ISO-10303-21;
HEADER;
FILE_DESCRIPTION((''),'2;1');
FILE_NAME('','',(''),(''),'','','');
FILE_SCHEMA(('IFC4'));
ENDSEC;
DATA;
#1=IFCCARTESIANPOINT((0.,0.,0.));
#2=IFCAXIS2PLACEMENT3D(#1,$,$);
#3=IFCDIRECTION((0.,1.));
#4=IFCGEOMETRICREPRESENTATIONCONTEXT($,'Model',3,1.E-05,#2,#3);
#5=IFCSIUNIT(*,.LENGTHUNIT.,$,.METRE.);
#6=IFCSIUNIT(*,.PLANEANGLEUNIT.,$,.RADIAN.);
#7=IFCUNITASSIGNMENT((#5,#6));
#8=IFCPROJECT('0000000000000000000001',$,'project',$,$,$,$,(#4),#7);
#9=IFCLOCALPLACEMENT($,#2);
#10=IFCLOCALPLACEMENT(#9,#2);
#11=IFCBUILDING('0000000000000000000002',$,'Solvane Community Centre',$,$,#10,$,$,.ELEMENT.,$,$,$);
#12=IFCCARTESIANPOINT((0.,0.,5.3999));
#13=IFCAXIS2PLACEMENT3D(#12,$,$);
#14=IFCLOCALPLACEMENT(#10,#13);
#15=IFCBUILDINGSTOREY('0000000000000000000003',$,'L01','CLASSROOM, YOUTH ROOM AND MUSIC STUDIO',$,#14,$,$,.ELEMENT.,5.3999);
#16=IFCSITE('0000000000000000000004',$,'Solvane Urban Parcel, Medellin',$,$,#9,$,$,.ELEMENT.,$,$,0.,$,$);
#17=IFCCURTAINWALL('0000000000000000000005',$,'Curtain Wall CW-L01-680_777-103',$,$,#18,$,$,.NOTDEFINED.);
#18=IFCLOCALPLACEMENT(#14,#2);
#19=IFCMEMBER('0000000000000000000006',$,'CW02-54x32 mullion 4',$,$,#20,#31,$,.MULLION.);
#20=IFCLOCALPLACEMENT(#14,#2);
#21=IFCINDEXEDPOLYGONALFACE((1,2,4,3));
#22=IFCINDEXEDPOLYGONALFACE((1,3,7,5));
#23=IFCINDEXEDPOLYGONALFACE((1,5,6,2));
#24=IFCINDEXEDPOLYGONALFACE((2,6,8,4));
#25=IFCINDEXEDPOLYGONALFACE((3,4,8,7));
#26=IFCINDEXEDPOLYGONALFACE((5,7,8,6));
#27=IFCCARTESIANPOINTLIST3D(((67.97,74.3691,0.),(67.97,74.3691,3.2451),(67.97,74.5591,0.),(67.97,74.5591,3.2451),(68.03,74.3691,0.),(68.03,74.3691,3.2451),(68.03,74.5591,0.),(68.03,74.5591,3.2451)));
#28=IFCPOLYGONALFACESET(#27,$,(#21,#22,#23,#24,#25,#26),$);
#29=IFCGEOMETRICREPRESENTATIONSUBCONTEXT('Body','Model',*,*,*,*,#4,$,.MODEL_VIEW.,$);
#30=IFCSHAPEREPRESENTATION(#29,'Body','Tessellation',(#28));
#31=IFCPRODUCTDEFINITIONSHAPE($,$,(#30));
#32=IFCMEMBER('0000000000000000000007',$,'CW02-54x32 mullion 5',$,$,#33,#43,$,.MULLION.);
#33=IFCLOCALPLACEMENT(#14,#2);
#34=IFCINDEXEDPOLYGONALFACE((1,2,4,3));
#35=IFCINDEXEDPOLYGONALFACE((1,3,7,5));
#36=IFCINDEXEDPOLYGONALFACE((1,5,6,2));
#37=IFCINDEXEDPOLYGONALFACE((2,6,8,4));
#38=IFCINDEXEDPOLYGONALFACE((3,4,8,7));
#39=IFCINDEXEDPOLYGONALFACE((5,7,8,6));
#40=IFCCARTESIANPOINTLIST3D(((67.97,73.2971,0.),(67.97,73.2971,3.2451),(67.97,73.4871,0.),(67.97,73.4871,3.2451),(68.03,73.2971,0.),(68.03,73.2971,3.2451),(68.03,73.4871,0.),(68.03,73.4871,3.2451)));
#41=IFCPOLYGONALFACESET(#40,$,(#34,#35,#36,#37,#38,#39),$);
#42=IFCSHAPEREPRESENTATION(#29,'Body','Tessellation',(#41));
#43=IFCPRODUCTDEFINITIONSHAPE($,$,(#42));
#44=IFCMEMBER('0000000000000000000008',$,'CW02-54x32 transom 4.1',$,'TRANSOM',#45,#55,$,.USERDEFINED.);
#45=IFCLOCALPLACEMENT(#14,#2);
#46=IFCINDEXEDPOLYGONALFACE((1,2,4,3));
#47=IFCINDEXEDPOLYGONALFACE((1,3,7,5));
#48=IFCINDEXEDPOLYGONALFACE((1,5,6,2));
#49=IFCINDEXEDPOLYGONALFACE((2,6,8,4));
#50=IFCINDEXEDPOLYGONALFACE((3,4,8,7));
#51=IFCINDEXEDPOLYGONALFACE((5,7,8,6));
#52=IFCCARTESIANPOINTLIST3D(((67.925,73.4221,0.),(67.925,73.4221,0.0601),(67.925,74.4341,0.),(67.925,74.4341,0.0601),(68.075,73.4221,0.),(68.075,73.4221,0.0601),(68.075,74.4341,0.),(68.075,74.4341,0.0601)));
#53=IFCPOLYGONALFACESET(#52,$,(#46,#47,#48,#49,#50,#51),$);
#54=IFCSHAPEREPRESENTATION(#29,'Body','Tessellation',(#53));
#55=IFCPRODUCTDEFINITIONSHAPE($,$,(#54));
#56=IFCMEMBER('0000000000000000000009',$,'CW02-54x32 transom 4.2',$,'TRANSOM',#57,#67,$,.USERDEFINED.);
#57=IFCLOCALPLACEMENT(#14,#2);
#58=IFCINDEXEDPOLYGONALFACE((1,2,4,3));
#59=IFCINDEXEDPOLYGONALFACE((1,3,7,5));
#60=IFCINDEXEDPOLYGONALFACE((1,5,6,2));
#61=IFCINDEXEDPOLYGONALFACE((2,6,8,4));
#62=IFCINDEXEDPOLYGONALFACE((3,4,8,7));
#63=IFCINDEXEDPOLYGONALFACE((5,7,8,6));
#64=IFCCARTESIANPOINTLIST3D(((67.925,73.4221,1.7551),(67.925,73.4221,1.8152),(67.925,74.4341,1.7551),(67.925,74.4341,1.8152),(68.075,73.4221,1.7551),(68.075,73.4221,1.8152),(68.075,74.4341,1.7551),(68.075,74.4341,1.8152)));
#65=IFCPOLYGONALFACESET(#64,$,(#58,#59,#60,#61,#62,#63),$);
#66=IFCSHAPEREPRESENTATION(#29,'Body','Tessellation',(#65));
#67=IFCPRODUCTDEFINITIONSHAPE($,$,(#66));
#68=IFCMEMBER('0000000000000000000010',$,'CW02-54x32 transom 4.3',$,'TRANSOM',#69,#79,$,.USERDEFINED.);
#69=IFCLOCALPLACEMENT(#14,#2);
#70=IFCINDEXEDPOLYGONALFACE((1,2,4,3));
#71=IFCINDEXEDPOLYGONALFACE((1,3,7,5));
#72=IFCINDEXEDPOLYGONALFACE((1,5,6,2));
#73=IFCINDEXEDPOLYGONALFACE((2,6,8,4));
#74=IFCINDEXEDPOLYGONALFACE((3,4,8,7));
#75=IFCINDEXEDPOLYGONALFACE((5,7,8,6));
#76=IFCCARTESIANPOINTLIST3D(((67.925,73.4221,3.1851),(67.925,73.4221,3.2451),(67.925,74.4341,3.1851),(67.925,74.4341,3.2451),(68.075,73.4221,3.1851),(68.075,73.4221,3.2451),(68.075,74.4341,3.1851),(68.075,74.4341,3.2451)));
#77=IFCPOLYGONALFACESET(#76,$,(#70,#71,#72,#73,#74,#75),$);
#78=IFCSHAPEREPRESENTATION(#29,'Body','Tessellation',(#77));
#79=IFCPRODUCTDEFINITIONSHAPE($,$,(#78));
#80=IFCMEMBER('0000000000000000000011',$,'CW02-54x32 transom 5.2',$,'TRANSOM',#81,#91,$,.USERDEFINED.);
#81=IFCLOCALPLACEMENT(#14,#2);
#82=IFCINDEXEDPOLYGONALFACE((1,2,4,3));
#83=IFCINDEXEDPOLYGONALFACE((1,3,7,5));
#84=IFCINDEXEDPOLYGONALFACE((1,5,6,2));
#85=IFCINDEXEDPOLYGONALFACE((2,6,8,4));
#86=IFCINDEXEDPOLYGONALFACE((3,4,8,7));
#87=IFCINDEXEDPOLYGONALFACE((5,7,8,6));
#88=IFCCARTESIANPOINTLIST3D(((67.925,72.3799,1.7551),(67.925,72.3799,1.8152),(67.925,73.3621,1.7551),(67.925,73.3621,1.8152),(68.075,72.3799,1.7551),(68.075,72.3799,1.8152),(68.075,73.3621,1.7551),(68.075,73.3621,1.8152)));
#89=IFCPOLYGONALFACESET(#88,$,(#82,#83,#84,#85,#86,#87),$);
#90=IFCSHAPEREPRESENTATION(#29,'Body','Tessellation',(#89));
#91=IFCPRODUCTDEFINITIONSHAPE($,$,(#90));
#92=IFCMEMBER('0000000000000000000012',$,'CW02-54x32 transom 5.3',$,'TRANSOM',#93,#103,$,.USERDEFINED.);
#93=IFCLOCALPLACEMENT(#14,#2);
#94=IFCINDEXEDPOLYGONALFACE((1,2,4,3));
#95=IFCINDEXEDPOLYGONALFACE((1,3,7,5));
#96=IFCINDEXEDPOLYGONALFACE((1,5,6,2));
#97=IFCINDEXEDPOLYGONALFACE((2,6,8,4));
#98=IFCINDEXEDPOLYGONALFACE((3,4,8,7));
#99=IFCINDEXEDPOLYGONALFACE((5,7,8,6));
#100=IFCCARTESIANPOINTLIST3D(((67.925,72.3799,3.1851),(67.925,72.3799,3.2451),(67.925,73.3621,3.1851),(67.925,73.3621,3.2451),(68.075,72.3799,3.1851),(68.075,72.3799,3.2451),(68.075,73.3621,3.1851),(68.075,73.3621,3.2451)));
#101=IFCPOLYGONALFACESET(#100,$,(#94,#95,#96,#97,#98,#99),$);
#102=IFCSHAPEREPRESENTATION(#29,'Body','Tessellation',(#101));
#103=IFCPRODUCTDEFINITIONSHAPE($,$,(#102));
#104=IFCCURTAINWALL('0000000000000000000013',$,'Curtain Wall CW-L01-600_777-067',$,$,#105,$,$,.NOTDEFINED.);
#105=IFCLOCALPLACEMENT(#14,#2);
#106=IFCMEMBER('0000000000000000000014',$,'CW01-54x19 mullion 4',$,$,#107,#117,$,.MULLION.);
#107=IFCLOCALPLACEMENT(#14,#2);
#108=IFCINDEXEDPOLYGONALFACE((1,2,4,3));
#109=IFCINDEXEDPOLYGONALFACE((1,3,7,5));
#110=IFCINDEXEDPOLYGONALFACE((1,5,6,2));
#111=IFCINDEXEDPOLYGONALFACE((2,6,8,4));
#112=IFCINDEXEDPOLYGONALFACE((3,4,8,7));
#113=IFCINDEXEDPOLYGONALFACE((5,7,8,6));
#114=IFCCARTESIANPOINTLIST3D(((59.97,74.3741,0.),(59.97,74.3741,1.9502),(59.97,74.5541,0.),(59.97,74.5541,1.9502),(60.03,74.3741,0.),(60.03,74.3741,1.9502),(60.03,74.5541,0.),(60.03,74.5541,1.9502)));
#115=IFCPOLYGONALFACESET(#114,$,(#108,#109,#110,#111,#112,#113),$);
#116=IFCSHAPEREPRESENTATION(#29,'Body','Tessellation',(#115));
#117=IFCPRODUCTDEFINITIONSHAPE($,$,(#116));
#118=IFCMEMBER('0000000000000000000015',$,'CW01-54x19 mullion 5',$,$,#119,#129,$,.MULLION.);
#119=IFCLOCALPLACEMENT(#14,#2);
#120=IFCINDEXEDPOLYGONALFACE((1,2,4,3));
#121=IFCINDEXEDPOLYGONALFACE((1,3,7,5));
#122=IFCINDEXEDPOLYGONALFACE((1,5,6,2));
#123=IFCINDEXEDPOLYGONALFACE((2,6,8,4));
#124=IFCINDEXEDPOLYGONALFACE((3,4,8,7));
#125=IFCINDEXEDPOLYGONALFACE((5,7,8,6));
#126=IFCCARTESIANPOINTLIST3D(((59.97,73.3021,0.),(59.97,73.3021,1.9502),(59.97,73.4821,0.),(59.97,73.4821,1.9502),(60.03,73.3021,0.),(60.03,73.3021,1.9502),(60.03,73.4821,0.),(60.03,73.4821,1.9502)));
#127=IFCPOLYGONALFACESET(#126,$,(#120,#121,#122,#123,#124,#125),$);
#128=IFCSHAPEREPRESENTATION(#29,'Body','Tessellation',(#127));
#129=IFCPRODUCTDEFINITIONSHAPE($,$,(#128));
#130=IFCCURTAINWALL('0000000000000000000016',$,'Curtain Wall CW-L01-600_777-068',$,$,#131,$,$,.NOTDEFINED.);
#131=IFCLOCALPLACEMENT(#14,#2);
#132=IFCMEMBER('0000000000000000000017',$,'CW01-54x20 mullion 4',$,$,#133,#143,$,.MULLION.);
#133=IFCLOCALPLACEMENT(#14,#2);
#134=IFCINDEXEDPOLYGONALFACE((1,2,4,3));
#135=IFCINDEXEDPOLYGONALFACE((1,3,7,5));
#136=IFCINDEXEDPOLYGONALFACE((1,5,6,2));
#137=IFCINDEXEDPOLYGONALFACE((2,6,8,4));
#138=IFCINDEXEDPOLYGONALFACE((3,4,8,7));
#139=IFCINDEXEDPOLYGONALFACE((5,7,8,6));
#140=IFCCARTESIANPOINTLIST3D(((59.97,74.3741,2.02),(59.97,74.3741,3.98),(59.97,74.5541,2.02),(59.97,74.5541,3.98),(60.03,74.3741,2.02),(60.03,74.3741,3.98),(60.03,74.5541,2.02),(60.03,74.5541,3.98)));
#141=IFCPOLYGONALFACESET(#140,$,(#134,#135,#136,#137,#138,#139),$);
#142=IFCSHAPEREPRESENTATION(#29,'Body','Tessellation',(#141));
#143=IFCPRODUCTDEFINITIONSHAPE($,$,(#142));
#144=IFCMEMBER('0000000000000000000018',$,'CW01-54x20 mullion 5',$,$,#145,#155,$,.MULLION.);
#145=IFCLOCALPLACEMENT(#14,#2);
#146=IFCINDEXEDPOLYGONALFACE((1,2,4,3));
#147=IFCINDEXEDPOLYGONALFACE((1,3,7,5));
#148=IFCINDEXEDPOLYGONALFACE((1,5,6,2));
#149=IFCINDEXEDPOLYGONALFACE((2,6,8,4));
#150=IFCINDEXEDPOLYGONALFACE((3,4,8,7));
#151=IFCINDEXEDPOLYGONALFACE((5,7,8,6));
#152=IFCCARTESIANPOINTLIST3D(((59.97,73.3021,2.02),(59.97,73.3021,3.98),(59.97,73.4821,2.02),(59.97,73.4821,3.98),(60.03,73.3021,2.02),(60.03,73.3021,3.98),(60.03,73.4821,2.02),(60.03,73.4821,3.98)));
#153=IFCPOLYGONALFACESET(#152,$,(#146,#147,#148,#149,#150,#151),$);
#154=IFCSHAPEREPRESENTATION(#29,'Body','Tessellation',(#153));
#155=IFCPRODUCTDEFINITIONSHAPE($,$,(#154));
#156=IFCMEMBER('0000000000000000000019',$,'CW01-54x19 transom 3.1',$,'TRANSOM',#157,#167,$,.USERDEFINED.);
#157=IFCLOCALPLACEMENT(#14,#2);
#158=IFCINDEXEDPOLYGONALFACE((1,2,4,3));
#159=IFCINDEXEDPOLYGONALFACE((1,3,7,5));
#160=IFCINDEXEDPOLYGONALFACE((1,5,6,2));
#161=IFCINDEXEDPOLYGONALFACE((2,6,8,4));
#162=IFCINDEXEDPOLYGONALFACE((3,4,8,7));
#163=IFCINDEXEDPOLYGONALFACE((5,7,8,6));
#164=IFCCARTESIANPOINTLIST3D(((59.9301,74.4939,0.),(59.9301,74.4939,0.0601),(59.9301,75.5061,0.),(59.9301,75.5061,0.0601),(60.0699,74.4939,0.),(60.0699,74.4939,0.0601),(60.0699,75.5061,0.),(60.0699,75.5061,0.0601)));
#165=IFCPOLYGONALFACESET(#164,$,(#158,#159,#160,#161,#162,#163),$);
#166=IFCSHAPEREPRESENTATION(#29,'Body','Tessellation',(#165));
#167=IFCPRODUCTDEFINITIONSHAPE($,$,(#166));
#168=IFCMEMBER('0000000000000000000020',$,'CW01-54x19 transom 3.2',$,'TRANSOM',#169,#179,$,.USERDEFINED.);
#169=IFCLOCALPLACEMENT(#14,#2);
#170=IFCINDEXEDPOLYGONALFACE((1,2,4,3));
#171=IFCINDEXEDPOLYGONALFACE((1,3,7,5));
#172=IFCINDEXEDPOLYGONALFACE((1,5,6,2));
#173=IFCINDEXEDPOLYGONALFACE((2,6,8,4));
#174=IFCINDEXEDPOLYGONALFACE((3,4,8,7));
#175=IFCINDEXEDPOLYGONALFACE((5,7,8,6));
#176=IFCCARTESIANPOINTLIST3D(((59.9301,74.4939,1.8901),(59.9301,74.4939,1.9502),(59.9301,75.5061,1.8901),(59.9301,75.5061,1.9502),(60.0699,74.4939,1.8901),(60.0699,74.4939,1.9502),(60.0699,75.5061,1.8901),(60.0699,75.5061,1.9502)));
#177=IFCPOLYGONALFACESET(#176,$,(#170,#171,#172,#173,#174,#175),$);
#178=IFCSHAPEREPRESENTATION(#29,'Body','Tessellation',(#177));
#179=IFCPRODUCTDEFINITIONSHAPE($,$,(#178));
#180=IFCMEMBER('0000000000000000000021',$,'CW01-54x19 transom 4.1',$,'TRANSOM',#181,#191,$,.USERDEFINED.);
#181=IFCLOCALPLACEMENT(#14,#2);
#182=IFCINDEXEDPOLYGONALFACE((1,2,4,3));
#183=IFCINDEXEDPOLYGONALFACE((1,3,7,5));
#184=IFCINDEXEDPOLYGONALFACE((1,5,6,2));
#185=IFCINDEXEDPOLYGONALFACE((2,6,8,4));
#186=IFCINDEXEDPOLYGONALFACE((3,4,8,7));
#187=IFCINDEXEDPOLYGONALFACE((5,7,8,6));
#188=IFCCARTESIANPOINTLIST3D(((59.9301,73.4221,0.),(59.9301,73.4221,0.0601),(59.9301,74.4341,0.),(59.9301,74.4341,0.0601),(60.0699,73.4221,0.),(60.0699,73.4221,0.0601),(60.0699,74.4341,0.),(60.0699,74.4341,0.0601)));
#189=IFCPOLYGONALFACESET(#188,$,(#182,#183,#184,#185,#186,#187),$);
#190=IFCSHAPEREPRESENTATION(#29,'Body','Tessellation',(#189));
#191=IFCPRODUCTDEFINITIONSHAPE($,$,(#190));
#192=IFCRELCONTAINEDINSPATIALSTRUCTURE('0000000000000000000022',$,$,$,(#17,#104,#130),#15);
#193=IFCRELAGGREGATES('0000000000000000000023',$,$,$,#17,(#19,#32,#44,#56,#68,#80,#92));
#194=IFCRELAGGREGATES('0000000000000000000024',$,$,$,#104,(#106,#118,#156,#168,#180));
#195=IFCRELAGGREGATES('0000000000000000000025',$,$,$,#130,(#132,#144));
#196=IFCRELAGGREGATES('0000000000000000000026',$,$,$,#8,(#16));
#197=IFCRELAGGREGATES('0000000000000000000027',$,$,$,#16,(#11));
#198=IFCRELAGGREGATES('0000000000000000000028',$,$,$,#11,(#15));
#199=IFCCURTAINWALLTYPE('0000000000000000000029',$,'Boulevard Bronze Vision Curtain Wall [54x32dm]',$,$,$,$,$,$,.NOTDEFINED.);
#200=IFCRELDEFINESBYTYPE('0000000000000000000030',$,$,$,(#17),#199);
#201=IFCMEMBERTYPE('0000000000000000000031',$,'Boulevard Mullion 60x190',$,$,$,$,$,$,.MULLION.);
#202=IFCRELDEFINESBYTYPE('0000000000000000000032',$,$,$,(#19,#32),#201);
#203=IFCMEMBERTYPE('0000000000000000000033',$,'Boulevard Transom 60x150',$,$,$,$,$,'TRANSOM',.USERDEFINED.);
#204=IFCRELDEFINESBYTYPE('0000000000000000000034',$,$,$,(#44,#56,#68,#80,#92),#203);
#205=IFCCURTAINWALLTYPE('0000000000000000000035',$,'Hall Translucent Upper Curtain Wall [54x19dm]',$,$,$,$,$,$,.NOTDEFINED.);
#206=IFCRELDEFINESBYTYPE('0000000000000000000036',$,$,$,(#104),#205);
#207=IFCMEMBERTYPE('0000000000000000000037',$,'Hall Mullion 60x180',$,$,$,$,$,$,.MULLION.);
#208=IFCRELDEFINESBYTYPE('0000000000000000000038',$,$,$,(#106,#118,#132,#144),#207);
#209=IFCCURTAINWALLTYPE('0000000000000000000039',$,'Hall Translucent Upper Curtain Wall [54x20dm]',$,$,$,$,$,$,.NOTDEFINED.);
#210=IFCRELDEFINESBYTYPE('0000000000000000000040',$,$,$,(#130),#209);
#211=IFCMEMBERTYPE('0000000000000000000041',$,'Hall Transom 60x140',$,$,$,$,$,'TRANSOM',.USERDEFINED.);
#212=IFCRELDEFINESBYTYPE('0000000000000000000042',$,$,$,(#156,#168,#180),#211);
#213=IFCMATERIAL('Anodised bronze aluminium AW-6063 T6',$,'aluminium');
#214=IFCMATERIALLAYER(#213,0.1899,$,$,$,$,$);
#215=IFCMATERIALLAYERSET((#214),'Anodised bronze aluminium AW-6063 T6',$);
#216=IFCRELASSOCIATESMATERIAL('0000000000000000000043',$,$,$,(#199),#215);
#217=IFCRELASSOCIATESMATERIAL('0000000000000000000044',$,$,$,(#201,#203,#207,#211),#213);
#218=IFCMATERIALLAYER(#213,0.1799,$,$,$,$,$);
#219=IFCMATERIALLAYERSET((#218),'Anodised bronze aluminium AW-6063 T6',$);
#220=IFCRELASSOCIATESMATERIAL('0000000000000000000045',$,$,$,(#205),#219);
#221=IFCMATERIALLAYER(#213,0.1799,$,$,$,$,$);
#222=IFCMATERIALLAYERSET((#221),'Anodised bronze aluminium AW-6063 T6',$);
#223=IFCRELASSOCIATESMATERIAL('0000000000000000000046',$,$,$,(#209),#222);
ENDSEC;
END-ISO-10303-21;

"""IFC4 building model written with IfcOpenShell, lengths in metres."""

from ifc_helpers import new_model, si_unit, direction, frame, origin, origin_2d, place, context, subcontext, project, spatial, rectangle, extrude, material, layer, layer_set, material_profile, profile_set, type_object, element, aggregate, save


model = new_model("IFC4")

# Units and contexts
model_context = context("Model", 3, precision=1e-05, world=origin(), true_north=direction((0.0, 1.0)))
body_context = subcontext(model_context, "Body", "Model", "MODEL_VIEW")
ifc_project = project(units=[si_unit("LENGTHUNIT", "METRE"), si_unit("PLANEANGLEUNIT", "RADIAN")], contexts=[model_context])

# Site, building, storey
site_placement = place(None, origin())
site = spatial("IfcSite", under=ifc_project, at=site_placement, Name="Solvane Urban Parcel, Medellin", CompositionType="ELEMENT", RefElevation=0.0)
building_placement = place(site_placement, origin())
building = spatial("IfcBuilding", under=site, at=building_placement, Name="Solvane Community Centre", CompositionType="ELEMENT")
storey_placement = place(building_placement, frame((0.0, 0.0, 5.3999)))
storey = spatial("IfcBuildingStorey", under=building, at=storey_placement, Name="L01", Description="CLASSROOM, YOUTH ROOM AND MUSIC STUDIO", CompositionType="ELEMENT", Elevation=5.3999)

# Curtain walls, members
ifc_material_1 = material(Name="Anodised bronze aluminium AW-6063 T6", Category="aluminium")
ifc_layer_1 = layer(ifc_material_1, 0.1899)
ifc_layer_set_1 = layer_set([ifc_layer_1], Name="Anodised bronze aluminium AW-6063 T6")
curtain_wall_type_1 = type_object("IfcCurtainWallType", Name="Boulevard Bronze Vision Curtain Wall [54x32dm]", PredefinedType="NOTDEFINED", material=ifc_layer_set_1)
curtain_wall_1_placement = place(storey_placement, origin())
curtain_wall_1 = element("IfcCurtainWall", 1, at=curtain_wall_1_placement, inside=storey, type_object=curtain_wall_type_1, Name="Curtain Wall CW-L01-680_777-103", PredefinedType="NOTDEFINED")
ifc_material_profile_1 = material_profile(ifc_material_1, rectangle(XDim=0.0601, YDim=0.1899, at=origin_2d()), Name="CW-M 60x190")
ifc_profile_set_1 = profile_set([ifc_material_profile_1], Name="Anodised bronze aluminium AW-6063 T6")
member_type_1 = type_object("IfcMemberType", Name="Boulevard Mullion 60x190", PredefinedType="MULLION", material=ifc_profile_set_1)
member_1_placement = place(storey_placement, frame((68.0, 74.4641, 0.0), z_axis=(0.0, 0.0, 1.0), x_axis=(1.0, 0.0, 0.0)))
member_1 = element("IfcMember", 2, at=member_1_placement, type_object=member_type_1, Name="CW02-54x32 mullion 4", PredefinedType="MULLION", context=body_context, shape_type="SweptSolid", body=[
    extrude(rectangle(XDim=0.0601, YDim=0.1899, at=origin_2d()), origin(), (0.0, 0.0, 1.0), 3.2451),
])
member_2_placement = place(storey_placement, frame((68.0, 73.3921, 0.0), z_axis=(0.0, 0.0, 1.0), x_axis=(1.0, 0.0, 0.0)))
member_2 = element("IfcMember", 3, at=member_2_placement, type_object=member_type_1, Name="CW02-54x32 mullion 5", PredefinedType="MULLION", context=body_context, shape_type="SweptSolid", body=[
    extrude(rectangle(XDim=0.0601, YDim=0.1899, at=origin_2d()), origin(), (0.0, 0.0, 1.0), 3.2451),
])
ifc_material_profile_2 = material_profile(ifc_material_1, rectangle(XDim=0.1499, YDim=0.0601, at=origin_2d()), Name="CW-T 60x150")
ifc_profile_set_2 = profile_set([ifc_material_profile_2], Name="Anodised bronze aluminium AW-6063 T6")
member_type_2 = type_object("IfcMemberType", Name="Boulevard Transom 60x150", ElementType="TRANSOM", PredefinedType="USERDEFINED", material=ifc_profile_set_2)
member_3_placement = place(storey_placement, frame((68.0, 74.4341, 0.03), z_axis=(0.0, -1.0, 0.0), x_axis=(1.0, 0.0, 0.0)))
member_3 = element("IfcMember", 4, at=member_3_placement, type_object=member_type_2, Name="CW02-54x32 transom 4.1", ObjectType="TRANSOM", PredefinedType="USERDEFINED", context=body_context, shape_type="SweptSolid", body=[
    extrude(rectangle(XDim=0.1499, YDim=0.0601, at=origin_2d()), origin(), (0.0, 0.0, 1.0), 1.012),
])
member_4_placement = place(storey_placement, frame((68.0, 74.4341, 1.7852), z_axis=(0.0, -1.0, 0.0), x_axis=(1.0, 0.0, 0.0)))
member_4 = element("IfcMember", 5, at=member_4_placement, type_object=member_type_2, Name="CW02-54x32 transom 4.2", ObjectType="TRANSOM", PredefinedType="USERDEFINED", context=body_context, shape_type="SweptSolid", body=[
    extrude(rectangle(XDim=0.1499, YDim=0.0601, at=origin_2d()), origin(), (0.0, 0.0, 1.0), 1.012),
])
member_5_placement = place(storey_placement, frame((68.0, 74.4341, 3.2151), z_axis=(0.0, -1.0, 0.0), x_axis=(1.0, 0.0, 0.0)))
member_5 = element("IfcMember", 6, at=member_5_placement, type_object=member_type_2, Name="CW02-54x32 transom 4.3", ObjectType="TRANSOM", PredefinedType="USERDEFINED", context=body_context, shape_type="SweptSolid", body=[
    extrude(rectangle(XDim=0.1499, YDim=0.0601, at=origin_2d()), origin(), (0.0, 0.0, 1.0), 1.012),
])
member_6_placement = place(storey_placement, frame((68.0, 73.3621, 1.7852), z_axis=(0.0, -1.0, 0.0), x_axis=(1.0, 0.0, 0.0)))
member_6 = element("IfcMember", 7, at=member_6_placement, type_object=member_type_2, Name="CW02-54x32 transom 5.2", ObjectType="TRANSOM", PredefinedType="USERDEFINED", context=body_context, shape_type="SweptSolid", body=[
    extrude(rectangle(XDim=0.1499, YDim=0.0601, at=origin_2d()), origin(), (0.0, 0.0, 1.0), 0.9822),
])
member_7_placement = place(storey_placement, frame((68.0, 73.3621, 3.2151), z_axis=(0.0, -1.0, 0.0), x_axis=(1.0, 0.0, 0.0)))
member_7 = element("IfcMember", 8, at=member_7_placement, type_object=member_type_2, Name="CW02-54x32 transom 5.3", ObjectType="TRANSOM", PredefinedType="USERDEFINED", context=body_context, shape_type="SweptSolid", body=[
    extrude(rectangle(XDim=0.1499, YDim=0.0601, at=origin_2d()), origin(), (0.0, 0.0, 1.0), 0.9822),
])
ifc_layer_2 = layer(ifc_material_1, 0.1799)
ifc_layer_set_2 = layer_set([ifc_layer_2], Name="Anodised bronze aluminium AW-6063 T6")
curtain_wall_type_2 = type_object("IfcCurtainWallType", Name="Hall Translucent Upper Curtain Wall [54x19dm]", PredefinedType="NOTDEFINED", material=ifc_layer_set_2)
curtain_wall_2_placement = place(storey_placement, origin())
curtain_wall_2 = element("IfcCurtainWall", 9, at=curtain_wall_2_placement, inside=storey, type_object=curtain_wall_type_2, Name="Curtain Wall CW-L01-600_777-067", PredefinedType="NOTDEFINED")
ifc_material_profile_3 = material_profile(ifc_material_1, rectangle(XDim=0.0601, YDim=0.1799, at=origin_2d()), Name="CW-M 60x180")
ifc_profile_set_3 = profile_set([ifc_material_profile_3], Name="Anodised bronze aluminium AW-6063 T6")
member_type_3 = type_object("IfcMemberType", Name="Hall Mullion 60x180", PredefinedType="MULLION", material=ifc_profile_set_3)
member_8_placement = place(storey_placement, frame((60.0, 74.4641, 0.0), z_axis=(0.0, 0.0, 1.0), x_axis=(1.0, 0.0, 0.0)))
member_8 = element("IfcMember", 10, at=member_8_placement, type_object=member_type_3, Name="CW01-54x19 mullion 4", PredefinedType="MULLION", context=body_context, shape_type="SweptSolid", body=[
    extrude(rectangle(XDim=0.0601, YDim=0.1799, at=origin_2d()), origin(), (0.0, 0.0, 1.0), 1.9502),
])
member_9_placement = place(storey_placement, frame((60.0, 73.3921, 0.0), z_axis=(0.0, 0.0, 1.0), x_axis=(1.0, 0.0, 0.0)))
member_9 = element("IfcMember", 11, at=member_9_placement, type_object=member_type_3, Name="CW01-54x19 mullion 5", PredefinedType="MULLION", context=body_context, shape_type="SweptSolid", body=[
    extrude(rectangle(XDim=0.0601, YDim=0.1799, at=origin_2d()), origin(), (0.0, 0.0, 1.0), 1.9502),
])
ifc_layer_3 = layer(ifc_material_1, 0.1799)
ifc_layer_set_3 = layer_set([ifc_layer_3], Name="Anodised bronze aluminium AW-6063 T6")
curtain_wall_type_3 = type_object("IfcCurtainWallType", Name="Hall Translucent Upper Curtain Wall [54x20dm]", PredefinedType="NOTDEFINED", material=ifc_layer_set_3)
curtain_wall_3_placement = place(storey_placement, origin())
curtain_wall_3 = element("IfcCurtainWall", 12, at=curtain_wall_3_placement, inside=storey, type_object=curtain_wall_type_3, Name="Curtain Wall CW-L01-600_777-068", PredefinedType="NOTDEFINED")
member_10_placement = place(storey_placement, frame((60.0, 74.4641, 2.02), z_axis=(0.0, 0.0, 1.0), x_axis=(1.0, 0.0, 0.0)))
member_10 = element("IfcMember", 13, at=member_10_placement, type_object=member_type_3, Name="CW01-54x20 mullion 4", PredefinedType="MULLION", context=body_context, shape_type="SweptSolid", body=[
    extrude(rectangle(XDim=0.0601, YDim=0.1799, at=origin_2d()), origin(), (0.0, 0.0, 1.0), 1.96),
])
member_11_placement = place(storey_placement, frame((60.0, 73.3921, 2.02), z_axis=(0.0, 0.0, 1.0), x_axis=(1.0, 0.0, 0.0)))
member_11 = element("IfcMember", 14, at=member_11_placement, type_object=member_type_3, Name="CW01-54x20 mullion 5", PredefinedType="MULLION", context=body_context, shape_type="SweptSolid", body=[
    extrude(rectangle(XDim=0.0601, YDim=0.1799, at=origin_2d()), origin(), (0.0, 0.0, 1.0), 1.96),
])

# Members
ifc_material_profile_4 = material_profile(ifc_material_1, rectangle(XDim=0.1399, YDim=0.0601, at=origin_2d()), Name="CW-T 60x140")
ifc_profile_set_4 = profile_set([ifc_material_profile_4], Name="Anodised bronze aluminium AW-6063 T6")
member_type_4 = type_object("IfcMemberType", Name="Hall Transom 60x140", ElementType="TRANSOM", PredefinedType="USERDEFINED", material=ifc_profile_set_4)
member_12_placement = place(storey_placement, frame((60.0, 75.5061, 0.03), z_axis=(0.0, -1.0, 0.0), x_axis=(1.0, 0.0, 0.0)))
member_12 = element("IfcMember", 15, at=member_12_placement, type_object=member_type_4, Name="CW01-54x19 transom 3.1", ObjectType="TRANSOM", PredefinedType="USERDEFINED", context=body_context, shape_type="SweptSolid", body=[
    extrude(rectangle(XDim=0.1399, YDim=0.0601, at=origin_2d()), origin(), (0.0, 0.0, 1.0), 1.0122),
])
member_13_placement = place(storey_placement, frame((60.0, 75.5061, 1.9202), z_axis=(0.0, -1.0, 0.0), x_axis=(1.0, 0.0, 0.0)))
member_13 = element("IfcMember", 16, at=member_13_placement, type_object=member_type_4, Name="CW01-54x19 transom 3.2", ObjectType="TRANSOM", PredefinedType="USERDEFINED", context=body_context, shape_type="SweptSolid", body=[
    extrude(rectangle(XDim=0.1399, YDim=0.0601, at=origin_2d()), origin(), (0.0, 0.0, 1.0), 1.0122),
])
member_14_placement = place(storey_placement, frame((60.0, 74.4341, 0.03), z_axis=(0.0, -1.0, 0.0), x_axis=(1.0, 0.0, 0.0)))
member_14 = element("IfcMember", 17, at=member_14_placement, type_object=member_type_4, Name="CW01-54x19 transom 4.1", ObjectType="TRANSOM", PredefinedType="USERDEFINED", context=body_context, shape_type="SweptSolid", body=[
    extrude(rectangle(XDim=0.1399, YDim=0.0601, at=origin_2d()), origin(), (0.0, 0.0, 1.0), 1.012),
])

aggregate(curtain_wall_1, [member_1, member_2, member_3, member_4, member_5, member_6, member_7])
aggregate(curtain_wall_2, [member_8, member_9, member_12, member_13, member_14])
aggregate(curtain_wall_3, [member_10, member_11])

save(model, "model.ifc")
